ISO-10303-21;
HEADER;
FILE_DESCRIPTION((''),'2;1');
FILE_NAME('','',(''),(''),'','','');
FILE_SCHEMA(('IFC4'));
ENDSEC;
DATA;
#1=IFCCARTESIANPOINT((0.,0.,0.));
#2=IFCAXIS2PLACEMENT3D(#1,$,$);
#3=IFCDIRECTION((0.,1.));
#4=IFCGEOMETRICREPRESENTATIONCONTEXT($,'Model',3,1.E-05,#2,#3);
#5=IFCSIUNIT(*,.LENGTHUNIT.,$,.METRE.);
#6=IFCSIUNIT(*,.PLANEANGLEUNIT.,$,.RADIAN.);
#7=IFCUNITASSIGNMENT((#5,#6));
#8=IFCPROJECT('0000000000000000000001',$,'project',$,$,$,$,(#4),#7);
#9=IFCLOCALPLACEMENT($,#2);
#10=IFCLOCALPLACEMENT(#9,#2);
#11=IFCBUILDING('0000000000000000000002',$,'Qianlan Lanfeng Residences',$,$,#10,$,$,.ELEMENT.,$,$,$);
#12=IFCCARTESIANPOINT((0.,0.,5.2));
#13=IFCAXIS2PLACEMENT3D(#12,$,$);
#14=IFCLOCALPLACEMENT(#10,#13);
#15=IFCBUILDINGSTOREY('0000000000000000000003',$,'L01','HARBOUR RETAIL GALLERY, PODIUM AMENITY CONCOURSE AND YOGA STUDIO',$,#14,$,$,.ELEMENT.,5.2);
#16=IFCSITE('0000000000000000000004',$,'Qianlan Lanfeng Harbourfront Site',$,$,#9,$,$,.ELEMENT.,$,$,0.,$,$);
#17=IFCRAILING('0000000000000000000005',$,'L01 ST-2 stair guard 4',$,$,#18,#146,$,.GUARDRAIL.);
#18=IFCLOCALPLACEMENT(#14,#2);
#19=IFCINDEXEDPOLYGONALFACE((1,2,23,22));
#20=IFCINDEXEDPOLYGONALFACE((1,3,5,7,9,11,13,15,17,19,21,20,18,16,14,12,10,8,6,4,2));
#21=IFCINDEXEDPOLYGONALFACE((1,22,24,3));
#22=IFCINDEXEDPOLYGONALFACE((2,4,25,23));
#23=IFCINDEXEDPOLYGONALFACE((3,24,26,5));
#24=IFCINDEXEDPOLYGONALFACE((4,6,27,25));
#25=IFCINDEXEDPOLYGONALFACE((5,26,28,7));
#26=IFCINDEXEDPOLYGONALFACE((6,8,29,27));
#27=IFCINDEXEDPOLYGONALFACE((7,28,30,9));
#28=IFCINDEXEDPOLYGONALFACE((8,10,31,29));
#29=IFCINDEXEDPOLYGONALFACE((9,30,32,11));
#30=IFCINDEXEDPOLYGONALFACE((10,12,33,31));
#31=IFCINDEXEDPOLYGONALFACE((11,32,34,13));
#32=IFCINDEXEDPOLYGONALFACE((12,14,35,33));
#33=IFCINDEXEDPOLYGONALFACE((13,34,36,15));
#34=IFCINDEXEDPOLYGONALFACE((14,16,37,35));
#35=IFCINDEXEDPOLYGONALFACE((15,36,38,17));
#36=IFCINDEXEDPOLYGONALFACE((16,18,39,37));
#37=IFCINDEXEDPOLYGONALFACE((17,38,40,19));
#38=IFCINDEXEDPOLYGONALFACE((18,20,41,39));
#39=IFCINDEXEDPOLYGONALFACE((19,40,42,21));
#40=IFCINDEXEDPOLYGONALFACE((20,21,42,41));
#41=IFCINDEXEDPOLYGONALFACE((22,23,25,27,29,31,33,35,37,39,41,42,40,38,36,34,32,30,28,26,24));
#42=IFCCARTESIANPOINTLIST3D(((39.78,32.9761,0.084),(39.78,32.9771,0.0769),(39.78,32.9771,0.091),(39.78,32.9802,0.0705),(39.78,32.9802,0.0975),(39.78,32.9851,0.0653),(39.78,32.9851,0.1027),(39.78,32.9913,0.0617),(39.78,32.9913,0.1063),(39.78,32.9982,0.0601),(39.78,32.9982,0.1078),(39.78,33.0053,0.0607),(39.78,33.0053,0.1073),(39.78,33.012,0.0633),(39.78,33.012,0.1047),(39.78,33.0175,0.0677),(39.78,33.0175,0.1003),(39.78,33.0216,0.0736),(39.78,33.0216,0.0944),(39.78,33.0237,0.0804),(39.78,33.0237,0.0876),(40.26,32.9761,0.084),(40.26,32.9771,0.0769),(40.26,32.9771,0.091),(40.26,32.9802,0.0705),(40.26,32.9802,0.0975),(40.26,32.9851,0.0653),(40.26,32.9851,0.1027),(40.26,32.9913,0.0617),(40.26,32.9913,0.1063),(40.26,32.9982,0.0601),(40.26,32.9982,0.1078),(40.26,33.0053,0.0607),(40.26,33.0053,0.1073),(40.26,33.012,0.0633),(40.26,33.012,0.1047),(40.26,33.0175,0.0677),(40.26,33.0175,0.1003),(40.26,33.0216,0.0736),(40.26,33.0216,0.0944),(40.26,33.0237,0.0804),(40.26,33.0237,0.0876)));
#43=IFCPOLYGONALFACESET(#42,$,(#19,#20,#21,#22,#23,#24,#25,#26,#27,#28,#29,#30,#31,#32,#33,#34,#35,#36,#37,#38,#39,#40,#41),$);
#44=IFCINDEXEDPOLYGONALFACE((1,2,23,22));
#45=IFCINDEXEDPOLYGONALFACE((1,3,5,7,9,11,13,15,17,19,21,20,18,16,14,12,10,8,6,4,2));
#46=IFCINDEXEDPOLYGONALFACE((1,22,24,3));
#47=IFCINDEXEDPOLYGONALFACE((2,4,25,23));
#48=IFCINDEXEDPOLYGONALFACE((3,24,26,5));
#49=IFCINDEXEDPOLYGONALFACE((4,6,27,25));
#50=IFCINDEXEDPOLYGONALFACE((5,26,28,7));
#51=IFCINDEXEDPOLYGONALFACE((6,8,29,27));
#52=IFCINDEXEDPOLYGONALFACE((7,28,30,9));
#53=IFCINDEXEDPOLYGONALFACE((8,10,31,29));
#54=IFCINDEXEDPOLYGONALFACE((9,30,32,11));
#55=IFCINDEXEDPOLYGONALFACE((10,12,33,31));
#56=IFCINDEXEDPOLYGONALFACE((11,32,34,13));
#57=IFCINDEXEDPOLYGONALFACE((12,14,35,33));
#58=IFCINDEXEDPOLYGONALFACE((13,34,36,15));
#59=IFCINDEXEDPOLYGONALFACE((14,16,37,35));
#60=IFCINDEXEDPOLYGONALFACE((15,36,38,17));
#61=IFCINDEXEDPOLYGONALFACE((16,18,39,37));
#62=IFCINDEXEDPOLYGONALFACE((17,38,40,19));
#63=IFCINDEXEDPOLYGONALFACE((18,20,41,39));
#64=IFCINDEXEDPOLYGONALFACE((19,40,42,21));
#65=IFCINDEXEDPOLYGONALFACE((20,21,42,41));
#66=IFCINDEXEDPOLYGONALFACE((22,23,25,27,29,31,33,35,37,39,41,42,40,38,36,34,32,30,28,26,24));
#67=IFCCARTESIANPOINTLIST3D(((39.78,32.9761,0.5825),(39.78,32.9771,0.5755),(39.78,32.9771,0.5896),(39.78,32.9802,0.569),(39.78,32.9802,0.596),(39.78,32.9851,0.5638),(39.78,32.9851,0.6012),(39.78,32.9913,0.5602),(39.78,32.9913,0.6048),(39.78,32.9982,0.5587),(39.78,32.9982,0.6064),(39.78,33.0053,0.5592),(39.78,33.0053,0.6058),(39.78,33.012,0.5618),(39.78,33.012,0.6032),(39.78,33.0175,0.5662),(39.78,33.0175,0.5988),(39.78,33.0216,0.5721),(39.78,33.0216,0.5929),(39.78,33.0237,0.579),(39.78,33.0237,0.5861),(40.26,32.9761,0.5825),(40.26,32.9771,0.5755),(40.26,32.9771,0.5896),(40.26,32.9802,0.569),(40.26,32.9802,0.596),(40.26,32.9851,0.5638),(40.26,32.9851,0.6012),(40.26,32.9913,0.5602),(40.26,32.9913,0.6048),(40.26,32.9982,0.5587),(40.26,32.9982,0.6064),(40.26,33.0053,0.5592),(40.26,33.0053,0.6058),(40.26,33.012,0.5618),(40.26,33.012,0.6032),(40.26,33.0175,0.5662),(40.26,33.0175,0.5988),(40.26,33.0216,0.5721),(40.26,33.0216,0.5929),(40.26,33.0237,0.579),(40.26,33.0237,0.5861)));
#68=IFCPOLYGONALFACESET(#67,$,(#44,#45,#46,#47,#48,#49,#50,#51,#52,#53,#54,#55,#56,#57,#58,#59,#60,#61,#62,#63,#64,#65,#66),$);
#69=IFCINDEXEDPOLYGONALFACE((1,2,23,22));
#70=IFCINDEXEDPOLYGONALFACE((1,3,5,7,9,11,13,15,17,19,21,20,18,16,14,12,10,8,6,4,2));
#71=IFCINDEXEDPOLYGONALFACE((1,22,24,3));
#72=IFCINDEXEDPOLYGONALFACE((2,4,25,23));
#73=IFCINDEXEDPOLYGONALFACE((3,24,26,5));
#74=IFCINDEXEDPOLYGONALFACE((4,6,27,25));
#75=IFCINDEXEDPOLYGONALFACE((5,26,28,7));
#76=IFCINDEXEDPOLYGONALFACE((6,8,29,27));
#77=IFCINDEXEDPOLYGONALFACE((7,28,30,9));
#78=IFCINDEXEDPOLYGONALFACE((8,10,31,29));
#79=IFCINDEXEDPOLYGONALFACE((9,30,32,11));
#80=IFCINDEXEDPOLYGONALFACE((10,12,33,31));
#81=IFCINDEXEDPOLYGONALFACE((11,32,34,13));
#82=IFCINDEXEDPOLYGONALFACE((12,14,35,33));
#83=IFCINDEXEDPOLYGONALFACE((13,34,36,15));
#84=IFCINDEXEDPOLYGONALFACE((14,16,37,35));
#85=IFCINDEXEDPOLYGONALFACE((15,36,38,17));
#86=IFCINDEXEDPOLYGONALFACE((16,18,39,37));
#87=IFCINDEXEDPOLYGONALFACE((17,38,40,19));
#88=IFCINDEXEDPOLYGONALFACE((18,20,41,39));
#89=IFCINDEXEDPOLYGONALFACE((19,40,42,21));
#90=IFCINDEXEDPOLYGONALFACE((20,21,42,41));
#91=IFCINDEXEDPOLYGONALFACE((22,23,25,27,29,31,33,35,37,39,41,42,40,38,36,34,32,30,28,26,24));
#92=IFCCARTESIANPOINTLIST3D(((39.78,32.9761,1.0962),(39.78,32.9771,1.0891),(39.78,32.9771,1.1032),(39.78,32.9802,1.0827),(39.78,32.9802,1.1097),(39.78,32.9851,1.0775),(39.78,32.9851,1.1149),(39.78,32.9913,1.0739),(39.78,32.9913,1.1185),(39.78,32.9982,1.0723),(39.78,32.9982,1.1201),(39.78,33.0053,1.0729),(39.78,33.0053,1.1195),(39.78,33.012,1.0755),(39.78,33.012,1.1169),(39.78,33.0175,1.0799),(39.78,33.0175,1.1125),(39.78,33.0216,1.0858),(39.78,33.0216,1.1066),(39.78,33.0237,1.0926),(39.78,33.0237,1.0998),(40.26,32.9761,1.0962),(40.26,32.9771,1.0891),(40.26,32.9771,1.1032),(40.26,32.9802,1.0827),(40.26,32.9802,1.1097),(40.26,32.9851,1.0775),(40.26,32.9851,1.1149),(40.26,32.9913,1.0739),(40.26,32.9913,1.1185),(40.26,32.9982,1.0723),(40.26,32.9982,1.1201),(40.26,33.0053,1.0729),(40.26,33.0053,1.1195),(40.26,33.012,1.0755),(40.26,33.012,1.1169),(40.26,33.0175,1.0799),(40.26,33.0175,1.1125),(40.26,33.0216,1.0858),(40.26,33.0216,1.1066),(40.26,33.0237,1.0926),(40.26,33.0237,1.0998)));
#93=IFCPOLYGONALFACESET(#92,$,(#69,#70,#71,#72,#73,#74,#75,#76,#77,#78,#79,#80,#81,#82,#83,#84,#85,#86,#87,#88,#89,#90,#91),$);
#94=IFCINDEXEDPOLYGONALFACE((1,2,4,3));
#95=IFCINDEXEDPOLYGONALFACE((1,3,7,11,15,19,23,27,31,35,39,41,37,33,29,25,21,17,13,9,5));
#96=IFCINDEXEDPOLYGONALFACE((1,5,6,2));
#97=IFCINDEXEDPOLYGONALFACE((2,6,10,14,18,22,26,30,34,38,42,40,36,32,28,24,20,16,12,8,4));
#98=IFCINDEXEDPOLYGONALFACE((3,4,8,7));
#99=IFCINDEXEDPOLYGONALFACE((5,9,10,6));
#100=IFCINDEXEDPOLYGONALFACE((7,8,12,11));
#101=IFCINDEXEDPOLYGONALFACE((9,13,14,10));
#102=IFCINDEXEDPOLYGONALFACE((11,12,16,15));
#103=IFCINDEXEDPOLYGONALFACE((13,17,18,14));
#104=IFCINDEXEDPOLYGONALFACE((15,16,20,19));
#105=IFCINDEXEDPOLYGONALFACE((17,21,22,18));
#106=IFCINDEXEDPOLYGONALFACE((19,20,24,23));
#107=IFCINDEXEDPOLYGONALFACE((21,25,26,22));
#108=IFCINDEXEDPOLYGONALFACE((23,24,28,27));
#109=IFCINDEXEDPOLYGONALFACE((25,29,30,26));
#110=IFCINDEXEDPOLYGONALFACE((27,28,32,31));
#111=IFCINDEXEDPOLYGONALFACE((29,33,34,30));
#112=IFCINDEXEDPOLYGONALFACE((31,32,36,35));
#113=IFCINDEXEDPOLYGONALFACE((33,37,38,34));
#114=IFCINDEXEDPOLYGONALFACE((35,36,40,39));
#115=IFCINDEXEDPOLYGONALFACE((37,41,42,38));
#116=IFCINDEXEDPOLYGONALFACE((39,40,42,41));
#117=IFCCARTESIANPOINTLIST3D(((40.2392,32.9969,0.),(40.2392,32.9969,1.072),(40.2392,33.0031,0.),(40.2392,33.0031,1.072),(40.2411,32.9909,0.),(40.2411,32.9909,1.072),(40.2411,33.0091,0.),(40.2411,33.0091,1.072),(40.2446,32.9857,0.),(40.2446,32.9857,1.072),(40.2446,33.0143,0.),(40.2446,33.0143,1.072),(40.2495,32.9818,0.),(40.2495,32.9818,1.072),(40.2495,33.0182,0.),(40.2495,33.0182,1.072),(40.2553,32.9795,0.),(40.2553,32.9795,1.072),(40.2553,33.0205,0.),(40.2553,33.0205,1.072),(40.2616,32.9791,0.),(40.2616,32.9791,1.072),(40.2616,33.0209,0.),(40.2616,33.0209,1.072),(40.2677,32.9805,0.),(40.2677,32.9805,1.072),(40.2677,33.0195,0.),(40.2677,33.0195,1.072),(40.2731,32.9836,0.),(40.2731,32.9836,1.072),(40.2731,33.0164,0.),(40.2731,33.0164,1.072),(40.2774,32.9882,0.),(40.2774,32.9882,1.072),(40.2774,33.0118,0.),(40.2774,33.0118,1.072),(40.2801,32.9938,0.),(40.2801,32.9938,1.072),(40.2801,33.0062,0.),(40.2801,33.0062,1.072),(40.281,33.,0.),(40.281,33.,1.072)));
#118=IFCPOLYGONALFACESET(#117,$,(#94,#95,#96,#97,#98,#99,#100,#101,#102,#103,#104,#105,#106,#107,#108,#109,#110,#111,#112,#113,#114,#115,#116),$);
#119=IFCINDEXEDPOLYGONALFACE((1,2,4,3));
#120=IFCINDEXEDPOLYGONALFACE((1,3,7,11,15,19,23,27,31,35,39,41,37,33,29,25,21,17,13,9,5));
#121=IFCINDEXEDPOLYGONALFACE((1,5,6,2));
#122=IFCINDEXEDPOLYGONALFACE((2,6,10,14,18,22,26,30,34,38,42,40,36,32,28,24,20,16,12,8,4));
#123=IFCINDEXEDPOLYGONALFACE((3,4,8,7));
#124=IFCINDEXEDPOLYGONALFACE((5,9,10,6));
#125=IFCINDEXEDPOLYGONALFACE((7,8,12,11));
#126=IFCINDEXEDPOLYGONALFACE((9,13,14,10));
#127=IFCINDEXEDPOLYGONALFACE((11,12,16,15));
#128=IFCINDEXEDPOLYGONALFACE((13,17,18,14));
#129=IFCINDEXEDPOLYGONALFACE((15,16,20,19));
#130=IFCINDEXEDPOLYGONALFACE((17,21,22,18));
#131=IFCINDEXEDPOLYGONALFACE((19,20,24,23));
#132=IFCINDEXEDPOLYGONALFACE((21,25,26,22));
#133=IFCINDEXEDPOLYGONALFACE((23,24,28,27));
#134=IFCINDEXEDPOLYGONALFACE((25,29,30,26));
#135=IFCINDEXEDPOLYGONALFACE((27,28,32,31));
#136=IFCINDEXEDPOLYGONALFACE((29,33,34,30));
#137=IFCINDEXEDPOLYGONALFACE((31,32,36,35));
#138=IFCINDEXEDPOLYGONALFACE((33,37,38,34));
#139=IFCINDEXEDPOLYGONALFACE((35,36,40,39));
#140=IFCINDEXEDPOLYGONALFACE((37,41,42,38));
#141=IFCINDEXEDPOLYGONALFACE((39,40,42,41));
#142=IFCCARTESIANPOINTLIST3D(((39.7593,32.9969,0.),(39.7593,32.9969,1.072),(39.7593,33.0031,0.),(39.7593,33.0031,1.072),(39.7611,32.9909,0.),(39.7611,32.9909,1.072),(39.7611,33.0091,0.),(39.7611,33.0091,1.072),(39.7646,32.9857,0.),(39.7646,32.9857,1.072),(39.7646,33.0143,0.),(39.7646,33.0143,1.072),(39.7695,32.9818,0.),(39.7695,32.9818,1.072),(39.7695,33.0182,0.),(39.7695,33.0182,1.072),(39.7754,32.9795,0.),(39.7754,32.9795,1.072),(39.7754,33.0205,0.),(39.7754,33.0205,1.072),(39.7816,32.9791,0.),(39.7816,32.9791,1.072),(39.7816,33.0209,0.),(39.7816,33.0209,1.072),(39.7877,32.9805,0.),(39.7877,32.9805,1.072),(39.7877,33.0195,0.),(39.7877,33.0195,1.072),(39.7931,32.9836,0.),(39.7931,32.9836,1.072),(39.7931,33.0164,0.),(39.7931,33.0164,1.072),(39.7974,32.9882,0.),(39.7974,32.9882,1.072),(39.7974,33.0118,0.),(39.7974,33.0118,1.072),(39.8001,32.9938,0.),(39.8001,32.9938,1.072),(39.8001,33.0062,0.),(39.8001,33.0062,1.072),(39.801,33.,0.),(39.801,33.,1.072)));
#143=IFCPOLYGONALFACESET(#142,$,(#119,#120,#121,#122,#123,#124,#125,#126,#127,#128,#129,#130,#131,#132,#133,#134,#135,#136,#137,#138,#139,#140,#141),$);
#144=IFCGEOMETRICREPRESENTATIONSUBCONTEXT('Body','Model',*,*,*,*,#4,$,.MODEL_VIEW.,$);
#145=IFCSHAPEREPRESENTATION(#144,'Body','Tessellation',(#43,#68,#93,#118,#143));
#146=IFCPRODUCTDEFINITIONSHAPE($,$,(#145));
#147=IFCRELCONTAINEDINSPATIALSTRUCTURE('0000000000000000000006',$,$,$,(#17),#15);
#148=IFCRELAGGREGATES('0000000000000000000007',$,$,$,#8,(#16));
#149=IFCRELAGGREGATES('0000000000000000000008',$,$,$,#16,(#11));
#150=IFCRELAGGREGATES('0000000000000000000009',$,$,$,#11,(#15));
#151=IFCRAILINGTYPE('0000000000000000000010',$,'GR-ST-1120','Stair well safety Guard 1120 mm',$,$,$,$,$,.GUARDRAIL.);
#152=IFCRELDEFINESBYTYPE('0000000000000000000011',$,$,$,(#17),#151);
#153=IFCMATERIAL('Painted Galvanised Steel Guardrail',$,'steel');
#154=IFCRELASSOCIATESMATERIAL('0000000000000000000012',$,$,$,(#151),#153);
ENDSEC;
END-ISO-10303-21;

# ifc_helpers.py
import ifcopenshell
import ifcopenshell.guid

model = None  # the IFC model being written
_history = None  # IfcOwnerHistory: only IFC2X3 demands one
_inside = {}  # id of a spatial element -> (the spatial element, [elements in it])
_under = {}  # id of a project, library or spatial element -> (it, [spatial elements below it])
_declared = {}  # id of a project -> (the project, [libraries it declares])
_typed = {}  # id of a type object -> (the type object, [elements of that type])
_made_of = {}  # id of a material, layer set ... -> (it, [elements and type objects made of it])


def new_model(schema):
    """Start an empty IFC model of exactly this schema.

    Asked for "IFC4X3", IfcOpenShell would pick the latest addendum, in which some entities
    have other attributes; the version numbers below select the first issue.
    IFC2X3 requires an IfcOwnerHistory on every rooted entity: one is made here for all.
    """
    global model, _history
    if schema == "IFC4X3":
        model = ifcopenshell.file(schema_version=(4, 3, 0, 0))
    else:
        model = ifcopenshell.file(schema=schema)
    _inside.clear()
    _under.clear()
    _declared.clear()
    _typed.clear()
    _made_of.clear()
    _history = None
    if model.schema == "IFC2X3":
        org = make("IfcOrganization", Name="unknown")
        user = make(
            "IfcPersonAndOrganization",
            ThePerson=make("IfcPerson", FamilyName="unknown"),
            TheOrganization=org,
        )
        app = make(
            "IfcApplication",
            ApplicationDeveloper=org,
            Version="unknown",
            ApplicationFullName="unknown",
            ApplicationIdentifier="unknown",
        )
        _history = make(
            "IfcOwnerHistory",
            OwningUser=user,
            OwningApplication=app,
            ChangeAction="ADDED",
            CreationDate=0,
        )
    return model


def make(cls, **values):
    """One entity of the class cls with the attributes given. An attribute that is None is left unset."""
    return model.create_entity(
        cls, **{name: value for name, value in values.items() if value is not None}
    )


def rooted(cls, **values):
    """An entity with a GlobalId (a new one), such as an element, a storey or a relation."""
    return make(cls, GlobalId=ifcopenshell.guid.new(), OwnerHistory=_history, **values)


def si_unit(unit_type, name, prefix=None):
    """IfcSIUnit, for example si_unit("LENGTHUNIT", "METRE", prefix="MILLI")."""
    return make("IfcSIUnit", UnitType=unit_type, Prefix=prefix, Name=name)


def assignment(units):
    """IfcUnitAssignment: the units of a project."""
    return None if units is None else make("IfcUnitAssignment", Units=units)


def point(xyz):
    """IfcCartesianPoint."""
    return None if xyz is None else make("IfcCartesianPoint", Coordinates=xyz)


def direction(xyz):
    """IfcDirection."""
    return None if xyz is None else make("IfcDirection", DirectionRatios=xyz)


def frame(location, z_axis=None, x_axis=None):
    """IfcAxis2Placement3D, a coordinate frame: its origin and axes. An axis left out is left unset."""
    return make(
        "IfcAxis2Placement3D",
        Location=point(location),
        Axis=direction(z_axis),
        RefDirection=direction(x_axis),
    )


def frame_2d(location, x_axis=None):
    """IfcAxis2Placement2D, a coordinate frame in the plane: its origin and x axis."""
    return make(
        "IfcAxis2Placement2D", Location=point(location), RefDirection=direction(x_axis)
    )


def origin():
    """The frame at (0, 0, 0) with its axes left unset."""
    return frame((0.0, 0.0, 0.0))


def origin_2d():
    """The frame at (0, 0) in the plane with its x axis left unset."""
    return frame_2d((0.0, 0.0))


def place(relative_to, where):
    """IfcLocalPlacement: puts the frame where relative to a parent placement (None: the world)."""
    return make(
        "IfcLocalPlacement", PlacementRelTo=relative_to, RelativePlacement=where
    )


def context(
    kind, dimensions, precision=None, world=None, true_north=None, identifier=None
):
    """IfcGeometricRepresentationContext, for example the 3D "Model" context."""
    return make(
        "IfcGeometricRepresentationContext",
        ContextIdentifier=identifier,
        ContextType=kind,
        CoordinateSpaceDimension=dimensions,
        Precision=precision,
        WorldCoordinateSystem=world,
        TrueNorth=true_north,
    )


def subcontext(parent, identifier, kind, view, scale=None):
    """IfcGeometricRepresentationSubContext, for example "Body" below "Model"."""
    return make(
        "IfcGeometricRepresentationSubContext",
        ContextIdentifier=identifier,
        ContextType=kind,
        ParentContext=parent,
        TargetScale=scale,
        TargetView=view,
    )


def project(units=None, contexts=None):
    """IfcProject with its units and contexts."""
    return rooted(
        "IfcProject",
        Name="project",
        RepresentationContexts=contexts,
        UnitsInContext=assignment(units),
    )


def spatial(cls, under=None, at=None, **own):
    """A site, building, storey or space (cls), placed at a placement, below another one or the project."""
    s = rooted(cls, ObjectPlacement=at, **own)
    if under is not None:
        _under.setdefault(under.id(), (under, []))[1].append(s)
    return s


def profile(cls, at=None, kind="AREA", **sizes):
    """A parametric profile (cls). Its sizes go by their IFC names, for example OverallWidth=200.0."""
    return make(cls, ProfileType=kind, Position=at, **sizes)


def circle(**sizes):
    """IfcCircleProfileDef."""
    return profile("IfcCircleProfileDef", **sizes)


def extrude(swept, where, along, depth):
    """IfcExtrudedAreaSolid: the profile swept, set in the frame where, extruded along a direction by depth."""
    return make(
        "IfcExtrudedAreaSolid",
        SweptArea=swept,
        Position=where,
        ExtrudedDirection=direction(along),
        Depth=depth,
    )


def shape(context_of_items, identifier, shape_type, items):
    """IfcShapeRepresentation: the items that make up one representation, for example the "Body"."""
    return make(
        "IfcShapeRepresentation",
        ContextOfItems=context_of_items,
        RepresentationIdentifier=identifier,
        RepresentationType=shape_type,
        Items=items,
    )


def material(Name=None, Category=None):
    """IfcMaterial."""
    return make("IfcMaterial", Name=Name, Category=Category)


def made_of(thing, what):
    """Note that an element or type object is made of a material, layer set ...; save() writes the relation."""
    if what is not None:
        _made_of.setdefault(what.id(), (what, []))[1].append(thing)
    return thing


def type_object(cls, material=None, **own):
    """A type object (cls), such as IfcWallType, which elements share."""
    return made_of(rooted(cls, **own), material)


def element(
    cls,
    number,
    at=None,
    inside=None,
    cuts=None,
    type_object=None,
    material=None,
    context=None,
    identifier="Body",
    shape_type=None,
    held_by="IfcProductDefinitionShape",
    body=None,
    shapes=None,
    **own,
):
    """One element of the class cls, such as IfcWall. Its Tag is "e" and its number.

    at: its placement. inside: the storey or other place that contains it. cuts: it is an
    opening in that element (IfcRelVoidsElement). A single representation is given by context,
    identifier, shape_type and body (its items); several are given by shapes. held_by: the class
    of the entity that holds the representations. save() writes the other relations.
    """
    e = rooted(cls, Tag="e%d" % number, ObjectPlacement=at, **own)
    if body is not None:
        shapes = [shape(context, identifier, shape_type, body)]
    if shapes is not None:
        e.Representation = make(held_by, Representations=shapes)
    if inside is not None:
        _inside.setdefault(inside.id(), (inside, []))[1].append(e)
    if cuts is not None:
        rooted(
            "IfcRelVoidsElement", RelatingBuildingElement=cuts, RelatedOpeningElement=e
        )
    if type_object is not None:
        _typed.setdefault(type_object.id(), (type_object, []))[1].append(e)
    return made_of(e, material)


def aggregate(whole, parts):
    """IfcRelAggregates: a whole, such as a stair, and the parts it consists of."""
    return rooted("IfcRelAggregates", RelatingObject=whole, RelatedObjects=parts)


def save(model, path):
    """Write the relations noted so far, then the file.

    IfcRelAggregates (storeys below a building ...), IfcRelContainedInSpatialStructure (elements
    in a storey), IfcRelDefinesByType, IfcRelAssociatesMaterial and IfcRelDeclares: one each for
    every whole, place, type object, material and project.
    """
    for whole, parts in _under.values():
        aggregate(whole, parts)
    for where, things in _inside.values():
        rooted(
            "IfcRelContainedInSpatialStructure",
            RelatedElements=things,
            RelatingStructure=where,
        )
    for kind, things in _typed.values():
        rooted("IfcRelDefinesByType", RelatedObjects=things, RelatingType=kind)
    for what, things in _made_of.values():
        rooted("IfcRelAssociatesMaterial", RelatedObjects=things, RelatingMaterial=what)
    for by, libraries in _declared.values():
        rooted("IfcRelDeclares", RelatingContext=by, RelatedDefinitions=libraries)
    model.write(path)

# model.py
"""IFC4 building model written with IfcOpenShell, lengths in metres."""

from ifc_helpers import new_model, si_unit, direction, frame, origin, origin_2d, place, context, subcontext, project, spatial, circle, extrude, material, type_object, element, save


model = new_model("IFC4")

# Units and contexts
model_context = context("Model", 3, precision=1e-05, world=origin(), true_north=direction((0.0, 1.0)))
body_context = subcontext(model_context, "Body", "Model", "MODEL_VIEW")
ifc_project = project(units=[si_unit("LENGTHUNIT", "METRE"), si_unit("PLANEANGLEUNIT", "RADIAN")], contexts=[model_context])

# Site, building, storey
site_placement = place(None, origin())
site = spatial("IfcSite", under=ifc_project, at=site_placement, Name="Qianlan Lanfeng Harbourfront Site", CompositionType="ELEMENT", RefElevation=0.0)
building_placement = place(site_placement, origin())
building = spatial("IfcBuilding", under=site, at=building_placement, Name="Qianlan Lanfeng Residences", CompositionType="ELEMENT")
storey_placement = place(building_placement, frame((0.0, 0.0, 5.2)))
storey = spatial("IfcBuildingStorey", under=building, at=storey_placement, Name="L01", Description="HARBOUR RETAIL GALLERY, PODIUM AMENITY CONCOURSE AND YOGA STUDIO", CompositionType="ELEMENT", Elevation=5.2)

# Railing
ifc_material_1 = material(Name="Painted Galvanised Steel Guardrail", Category="steel")
railing_type_1 = type_object("IfcRailingType", Name="GR-ST-1120", Description="Stair well safety Guard 1120 mm", PredefinedType="GUARDRAIL", material=ifc_material_1)
railing_1_placement = place(storey_placement, frame((40.26, 33.0, 0.0)))
element("IfcRailing", 1, at=railing_1_placement, inside=storey, type_object=railing_type_1, Name="L01 ST-2 stair guard 4", PredefinedType="GUARDRAIL", context=body_context, shape_type="SweptSolid", body=[
    extrude(circle(Radius=0.0239, at=origin_2d()), frame((0.0, 0.0, 0.084), z_axis=(-1.0, 0.0, 0.0), x_axis=(0.0, -1.0, 0.0)), (0.0, 0.0, 1.0), 0.48),
    extrude(circle(Radius=0.0239, at=origin_2d()), frame((0.0, 0.0, 0.5825), z_axis=(-1.0, 0.0, 0.0), x_axis=(0.0, -1.0, 0.0)), (0.0, 0.0, 1.0), 0.48),
    extrude(circle(Radius=0.0239, at=origin_2d()), frame((0.0, 0.0, 1.0962), z_axis=(-1.0, 0.0, 0.0), x_axis=(0.0, -1.0, 0.0)), (0.0, 0.0, 1.0), 0.48),
    extrude(circle(Radius=0.021, at=origin_2d()), origin(), (0.0, 0.0, 1.0), 1.072),
    extrude(circle(Radius=0.021, at=origin_2d()), frame((-0.48, 0.0, 0.0)), (0.0, 0.0, 1.0), 1.072),
])

save(model, "model.ifc")
